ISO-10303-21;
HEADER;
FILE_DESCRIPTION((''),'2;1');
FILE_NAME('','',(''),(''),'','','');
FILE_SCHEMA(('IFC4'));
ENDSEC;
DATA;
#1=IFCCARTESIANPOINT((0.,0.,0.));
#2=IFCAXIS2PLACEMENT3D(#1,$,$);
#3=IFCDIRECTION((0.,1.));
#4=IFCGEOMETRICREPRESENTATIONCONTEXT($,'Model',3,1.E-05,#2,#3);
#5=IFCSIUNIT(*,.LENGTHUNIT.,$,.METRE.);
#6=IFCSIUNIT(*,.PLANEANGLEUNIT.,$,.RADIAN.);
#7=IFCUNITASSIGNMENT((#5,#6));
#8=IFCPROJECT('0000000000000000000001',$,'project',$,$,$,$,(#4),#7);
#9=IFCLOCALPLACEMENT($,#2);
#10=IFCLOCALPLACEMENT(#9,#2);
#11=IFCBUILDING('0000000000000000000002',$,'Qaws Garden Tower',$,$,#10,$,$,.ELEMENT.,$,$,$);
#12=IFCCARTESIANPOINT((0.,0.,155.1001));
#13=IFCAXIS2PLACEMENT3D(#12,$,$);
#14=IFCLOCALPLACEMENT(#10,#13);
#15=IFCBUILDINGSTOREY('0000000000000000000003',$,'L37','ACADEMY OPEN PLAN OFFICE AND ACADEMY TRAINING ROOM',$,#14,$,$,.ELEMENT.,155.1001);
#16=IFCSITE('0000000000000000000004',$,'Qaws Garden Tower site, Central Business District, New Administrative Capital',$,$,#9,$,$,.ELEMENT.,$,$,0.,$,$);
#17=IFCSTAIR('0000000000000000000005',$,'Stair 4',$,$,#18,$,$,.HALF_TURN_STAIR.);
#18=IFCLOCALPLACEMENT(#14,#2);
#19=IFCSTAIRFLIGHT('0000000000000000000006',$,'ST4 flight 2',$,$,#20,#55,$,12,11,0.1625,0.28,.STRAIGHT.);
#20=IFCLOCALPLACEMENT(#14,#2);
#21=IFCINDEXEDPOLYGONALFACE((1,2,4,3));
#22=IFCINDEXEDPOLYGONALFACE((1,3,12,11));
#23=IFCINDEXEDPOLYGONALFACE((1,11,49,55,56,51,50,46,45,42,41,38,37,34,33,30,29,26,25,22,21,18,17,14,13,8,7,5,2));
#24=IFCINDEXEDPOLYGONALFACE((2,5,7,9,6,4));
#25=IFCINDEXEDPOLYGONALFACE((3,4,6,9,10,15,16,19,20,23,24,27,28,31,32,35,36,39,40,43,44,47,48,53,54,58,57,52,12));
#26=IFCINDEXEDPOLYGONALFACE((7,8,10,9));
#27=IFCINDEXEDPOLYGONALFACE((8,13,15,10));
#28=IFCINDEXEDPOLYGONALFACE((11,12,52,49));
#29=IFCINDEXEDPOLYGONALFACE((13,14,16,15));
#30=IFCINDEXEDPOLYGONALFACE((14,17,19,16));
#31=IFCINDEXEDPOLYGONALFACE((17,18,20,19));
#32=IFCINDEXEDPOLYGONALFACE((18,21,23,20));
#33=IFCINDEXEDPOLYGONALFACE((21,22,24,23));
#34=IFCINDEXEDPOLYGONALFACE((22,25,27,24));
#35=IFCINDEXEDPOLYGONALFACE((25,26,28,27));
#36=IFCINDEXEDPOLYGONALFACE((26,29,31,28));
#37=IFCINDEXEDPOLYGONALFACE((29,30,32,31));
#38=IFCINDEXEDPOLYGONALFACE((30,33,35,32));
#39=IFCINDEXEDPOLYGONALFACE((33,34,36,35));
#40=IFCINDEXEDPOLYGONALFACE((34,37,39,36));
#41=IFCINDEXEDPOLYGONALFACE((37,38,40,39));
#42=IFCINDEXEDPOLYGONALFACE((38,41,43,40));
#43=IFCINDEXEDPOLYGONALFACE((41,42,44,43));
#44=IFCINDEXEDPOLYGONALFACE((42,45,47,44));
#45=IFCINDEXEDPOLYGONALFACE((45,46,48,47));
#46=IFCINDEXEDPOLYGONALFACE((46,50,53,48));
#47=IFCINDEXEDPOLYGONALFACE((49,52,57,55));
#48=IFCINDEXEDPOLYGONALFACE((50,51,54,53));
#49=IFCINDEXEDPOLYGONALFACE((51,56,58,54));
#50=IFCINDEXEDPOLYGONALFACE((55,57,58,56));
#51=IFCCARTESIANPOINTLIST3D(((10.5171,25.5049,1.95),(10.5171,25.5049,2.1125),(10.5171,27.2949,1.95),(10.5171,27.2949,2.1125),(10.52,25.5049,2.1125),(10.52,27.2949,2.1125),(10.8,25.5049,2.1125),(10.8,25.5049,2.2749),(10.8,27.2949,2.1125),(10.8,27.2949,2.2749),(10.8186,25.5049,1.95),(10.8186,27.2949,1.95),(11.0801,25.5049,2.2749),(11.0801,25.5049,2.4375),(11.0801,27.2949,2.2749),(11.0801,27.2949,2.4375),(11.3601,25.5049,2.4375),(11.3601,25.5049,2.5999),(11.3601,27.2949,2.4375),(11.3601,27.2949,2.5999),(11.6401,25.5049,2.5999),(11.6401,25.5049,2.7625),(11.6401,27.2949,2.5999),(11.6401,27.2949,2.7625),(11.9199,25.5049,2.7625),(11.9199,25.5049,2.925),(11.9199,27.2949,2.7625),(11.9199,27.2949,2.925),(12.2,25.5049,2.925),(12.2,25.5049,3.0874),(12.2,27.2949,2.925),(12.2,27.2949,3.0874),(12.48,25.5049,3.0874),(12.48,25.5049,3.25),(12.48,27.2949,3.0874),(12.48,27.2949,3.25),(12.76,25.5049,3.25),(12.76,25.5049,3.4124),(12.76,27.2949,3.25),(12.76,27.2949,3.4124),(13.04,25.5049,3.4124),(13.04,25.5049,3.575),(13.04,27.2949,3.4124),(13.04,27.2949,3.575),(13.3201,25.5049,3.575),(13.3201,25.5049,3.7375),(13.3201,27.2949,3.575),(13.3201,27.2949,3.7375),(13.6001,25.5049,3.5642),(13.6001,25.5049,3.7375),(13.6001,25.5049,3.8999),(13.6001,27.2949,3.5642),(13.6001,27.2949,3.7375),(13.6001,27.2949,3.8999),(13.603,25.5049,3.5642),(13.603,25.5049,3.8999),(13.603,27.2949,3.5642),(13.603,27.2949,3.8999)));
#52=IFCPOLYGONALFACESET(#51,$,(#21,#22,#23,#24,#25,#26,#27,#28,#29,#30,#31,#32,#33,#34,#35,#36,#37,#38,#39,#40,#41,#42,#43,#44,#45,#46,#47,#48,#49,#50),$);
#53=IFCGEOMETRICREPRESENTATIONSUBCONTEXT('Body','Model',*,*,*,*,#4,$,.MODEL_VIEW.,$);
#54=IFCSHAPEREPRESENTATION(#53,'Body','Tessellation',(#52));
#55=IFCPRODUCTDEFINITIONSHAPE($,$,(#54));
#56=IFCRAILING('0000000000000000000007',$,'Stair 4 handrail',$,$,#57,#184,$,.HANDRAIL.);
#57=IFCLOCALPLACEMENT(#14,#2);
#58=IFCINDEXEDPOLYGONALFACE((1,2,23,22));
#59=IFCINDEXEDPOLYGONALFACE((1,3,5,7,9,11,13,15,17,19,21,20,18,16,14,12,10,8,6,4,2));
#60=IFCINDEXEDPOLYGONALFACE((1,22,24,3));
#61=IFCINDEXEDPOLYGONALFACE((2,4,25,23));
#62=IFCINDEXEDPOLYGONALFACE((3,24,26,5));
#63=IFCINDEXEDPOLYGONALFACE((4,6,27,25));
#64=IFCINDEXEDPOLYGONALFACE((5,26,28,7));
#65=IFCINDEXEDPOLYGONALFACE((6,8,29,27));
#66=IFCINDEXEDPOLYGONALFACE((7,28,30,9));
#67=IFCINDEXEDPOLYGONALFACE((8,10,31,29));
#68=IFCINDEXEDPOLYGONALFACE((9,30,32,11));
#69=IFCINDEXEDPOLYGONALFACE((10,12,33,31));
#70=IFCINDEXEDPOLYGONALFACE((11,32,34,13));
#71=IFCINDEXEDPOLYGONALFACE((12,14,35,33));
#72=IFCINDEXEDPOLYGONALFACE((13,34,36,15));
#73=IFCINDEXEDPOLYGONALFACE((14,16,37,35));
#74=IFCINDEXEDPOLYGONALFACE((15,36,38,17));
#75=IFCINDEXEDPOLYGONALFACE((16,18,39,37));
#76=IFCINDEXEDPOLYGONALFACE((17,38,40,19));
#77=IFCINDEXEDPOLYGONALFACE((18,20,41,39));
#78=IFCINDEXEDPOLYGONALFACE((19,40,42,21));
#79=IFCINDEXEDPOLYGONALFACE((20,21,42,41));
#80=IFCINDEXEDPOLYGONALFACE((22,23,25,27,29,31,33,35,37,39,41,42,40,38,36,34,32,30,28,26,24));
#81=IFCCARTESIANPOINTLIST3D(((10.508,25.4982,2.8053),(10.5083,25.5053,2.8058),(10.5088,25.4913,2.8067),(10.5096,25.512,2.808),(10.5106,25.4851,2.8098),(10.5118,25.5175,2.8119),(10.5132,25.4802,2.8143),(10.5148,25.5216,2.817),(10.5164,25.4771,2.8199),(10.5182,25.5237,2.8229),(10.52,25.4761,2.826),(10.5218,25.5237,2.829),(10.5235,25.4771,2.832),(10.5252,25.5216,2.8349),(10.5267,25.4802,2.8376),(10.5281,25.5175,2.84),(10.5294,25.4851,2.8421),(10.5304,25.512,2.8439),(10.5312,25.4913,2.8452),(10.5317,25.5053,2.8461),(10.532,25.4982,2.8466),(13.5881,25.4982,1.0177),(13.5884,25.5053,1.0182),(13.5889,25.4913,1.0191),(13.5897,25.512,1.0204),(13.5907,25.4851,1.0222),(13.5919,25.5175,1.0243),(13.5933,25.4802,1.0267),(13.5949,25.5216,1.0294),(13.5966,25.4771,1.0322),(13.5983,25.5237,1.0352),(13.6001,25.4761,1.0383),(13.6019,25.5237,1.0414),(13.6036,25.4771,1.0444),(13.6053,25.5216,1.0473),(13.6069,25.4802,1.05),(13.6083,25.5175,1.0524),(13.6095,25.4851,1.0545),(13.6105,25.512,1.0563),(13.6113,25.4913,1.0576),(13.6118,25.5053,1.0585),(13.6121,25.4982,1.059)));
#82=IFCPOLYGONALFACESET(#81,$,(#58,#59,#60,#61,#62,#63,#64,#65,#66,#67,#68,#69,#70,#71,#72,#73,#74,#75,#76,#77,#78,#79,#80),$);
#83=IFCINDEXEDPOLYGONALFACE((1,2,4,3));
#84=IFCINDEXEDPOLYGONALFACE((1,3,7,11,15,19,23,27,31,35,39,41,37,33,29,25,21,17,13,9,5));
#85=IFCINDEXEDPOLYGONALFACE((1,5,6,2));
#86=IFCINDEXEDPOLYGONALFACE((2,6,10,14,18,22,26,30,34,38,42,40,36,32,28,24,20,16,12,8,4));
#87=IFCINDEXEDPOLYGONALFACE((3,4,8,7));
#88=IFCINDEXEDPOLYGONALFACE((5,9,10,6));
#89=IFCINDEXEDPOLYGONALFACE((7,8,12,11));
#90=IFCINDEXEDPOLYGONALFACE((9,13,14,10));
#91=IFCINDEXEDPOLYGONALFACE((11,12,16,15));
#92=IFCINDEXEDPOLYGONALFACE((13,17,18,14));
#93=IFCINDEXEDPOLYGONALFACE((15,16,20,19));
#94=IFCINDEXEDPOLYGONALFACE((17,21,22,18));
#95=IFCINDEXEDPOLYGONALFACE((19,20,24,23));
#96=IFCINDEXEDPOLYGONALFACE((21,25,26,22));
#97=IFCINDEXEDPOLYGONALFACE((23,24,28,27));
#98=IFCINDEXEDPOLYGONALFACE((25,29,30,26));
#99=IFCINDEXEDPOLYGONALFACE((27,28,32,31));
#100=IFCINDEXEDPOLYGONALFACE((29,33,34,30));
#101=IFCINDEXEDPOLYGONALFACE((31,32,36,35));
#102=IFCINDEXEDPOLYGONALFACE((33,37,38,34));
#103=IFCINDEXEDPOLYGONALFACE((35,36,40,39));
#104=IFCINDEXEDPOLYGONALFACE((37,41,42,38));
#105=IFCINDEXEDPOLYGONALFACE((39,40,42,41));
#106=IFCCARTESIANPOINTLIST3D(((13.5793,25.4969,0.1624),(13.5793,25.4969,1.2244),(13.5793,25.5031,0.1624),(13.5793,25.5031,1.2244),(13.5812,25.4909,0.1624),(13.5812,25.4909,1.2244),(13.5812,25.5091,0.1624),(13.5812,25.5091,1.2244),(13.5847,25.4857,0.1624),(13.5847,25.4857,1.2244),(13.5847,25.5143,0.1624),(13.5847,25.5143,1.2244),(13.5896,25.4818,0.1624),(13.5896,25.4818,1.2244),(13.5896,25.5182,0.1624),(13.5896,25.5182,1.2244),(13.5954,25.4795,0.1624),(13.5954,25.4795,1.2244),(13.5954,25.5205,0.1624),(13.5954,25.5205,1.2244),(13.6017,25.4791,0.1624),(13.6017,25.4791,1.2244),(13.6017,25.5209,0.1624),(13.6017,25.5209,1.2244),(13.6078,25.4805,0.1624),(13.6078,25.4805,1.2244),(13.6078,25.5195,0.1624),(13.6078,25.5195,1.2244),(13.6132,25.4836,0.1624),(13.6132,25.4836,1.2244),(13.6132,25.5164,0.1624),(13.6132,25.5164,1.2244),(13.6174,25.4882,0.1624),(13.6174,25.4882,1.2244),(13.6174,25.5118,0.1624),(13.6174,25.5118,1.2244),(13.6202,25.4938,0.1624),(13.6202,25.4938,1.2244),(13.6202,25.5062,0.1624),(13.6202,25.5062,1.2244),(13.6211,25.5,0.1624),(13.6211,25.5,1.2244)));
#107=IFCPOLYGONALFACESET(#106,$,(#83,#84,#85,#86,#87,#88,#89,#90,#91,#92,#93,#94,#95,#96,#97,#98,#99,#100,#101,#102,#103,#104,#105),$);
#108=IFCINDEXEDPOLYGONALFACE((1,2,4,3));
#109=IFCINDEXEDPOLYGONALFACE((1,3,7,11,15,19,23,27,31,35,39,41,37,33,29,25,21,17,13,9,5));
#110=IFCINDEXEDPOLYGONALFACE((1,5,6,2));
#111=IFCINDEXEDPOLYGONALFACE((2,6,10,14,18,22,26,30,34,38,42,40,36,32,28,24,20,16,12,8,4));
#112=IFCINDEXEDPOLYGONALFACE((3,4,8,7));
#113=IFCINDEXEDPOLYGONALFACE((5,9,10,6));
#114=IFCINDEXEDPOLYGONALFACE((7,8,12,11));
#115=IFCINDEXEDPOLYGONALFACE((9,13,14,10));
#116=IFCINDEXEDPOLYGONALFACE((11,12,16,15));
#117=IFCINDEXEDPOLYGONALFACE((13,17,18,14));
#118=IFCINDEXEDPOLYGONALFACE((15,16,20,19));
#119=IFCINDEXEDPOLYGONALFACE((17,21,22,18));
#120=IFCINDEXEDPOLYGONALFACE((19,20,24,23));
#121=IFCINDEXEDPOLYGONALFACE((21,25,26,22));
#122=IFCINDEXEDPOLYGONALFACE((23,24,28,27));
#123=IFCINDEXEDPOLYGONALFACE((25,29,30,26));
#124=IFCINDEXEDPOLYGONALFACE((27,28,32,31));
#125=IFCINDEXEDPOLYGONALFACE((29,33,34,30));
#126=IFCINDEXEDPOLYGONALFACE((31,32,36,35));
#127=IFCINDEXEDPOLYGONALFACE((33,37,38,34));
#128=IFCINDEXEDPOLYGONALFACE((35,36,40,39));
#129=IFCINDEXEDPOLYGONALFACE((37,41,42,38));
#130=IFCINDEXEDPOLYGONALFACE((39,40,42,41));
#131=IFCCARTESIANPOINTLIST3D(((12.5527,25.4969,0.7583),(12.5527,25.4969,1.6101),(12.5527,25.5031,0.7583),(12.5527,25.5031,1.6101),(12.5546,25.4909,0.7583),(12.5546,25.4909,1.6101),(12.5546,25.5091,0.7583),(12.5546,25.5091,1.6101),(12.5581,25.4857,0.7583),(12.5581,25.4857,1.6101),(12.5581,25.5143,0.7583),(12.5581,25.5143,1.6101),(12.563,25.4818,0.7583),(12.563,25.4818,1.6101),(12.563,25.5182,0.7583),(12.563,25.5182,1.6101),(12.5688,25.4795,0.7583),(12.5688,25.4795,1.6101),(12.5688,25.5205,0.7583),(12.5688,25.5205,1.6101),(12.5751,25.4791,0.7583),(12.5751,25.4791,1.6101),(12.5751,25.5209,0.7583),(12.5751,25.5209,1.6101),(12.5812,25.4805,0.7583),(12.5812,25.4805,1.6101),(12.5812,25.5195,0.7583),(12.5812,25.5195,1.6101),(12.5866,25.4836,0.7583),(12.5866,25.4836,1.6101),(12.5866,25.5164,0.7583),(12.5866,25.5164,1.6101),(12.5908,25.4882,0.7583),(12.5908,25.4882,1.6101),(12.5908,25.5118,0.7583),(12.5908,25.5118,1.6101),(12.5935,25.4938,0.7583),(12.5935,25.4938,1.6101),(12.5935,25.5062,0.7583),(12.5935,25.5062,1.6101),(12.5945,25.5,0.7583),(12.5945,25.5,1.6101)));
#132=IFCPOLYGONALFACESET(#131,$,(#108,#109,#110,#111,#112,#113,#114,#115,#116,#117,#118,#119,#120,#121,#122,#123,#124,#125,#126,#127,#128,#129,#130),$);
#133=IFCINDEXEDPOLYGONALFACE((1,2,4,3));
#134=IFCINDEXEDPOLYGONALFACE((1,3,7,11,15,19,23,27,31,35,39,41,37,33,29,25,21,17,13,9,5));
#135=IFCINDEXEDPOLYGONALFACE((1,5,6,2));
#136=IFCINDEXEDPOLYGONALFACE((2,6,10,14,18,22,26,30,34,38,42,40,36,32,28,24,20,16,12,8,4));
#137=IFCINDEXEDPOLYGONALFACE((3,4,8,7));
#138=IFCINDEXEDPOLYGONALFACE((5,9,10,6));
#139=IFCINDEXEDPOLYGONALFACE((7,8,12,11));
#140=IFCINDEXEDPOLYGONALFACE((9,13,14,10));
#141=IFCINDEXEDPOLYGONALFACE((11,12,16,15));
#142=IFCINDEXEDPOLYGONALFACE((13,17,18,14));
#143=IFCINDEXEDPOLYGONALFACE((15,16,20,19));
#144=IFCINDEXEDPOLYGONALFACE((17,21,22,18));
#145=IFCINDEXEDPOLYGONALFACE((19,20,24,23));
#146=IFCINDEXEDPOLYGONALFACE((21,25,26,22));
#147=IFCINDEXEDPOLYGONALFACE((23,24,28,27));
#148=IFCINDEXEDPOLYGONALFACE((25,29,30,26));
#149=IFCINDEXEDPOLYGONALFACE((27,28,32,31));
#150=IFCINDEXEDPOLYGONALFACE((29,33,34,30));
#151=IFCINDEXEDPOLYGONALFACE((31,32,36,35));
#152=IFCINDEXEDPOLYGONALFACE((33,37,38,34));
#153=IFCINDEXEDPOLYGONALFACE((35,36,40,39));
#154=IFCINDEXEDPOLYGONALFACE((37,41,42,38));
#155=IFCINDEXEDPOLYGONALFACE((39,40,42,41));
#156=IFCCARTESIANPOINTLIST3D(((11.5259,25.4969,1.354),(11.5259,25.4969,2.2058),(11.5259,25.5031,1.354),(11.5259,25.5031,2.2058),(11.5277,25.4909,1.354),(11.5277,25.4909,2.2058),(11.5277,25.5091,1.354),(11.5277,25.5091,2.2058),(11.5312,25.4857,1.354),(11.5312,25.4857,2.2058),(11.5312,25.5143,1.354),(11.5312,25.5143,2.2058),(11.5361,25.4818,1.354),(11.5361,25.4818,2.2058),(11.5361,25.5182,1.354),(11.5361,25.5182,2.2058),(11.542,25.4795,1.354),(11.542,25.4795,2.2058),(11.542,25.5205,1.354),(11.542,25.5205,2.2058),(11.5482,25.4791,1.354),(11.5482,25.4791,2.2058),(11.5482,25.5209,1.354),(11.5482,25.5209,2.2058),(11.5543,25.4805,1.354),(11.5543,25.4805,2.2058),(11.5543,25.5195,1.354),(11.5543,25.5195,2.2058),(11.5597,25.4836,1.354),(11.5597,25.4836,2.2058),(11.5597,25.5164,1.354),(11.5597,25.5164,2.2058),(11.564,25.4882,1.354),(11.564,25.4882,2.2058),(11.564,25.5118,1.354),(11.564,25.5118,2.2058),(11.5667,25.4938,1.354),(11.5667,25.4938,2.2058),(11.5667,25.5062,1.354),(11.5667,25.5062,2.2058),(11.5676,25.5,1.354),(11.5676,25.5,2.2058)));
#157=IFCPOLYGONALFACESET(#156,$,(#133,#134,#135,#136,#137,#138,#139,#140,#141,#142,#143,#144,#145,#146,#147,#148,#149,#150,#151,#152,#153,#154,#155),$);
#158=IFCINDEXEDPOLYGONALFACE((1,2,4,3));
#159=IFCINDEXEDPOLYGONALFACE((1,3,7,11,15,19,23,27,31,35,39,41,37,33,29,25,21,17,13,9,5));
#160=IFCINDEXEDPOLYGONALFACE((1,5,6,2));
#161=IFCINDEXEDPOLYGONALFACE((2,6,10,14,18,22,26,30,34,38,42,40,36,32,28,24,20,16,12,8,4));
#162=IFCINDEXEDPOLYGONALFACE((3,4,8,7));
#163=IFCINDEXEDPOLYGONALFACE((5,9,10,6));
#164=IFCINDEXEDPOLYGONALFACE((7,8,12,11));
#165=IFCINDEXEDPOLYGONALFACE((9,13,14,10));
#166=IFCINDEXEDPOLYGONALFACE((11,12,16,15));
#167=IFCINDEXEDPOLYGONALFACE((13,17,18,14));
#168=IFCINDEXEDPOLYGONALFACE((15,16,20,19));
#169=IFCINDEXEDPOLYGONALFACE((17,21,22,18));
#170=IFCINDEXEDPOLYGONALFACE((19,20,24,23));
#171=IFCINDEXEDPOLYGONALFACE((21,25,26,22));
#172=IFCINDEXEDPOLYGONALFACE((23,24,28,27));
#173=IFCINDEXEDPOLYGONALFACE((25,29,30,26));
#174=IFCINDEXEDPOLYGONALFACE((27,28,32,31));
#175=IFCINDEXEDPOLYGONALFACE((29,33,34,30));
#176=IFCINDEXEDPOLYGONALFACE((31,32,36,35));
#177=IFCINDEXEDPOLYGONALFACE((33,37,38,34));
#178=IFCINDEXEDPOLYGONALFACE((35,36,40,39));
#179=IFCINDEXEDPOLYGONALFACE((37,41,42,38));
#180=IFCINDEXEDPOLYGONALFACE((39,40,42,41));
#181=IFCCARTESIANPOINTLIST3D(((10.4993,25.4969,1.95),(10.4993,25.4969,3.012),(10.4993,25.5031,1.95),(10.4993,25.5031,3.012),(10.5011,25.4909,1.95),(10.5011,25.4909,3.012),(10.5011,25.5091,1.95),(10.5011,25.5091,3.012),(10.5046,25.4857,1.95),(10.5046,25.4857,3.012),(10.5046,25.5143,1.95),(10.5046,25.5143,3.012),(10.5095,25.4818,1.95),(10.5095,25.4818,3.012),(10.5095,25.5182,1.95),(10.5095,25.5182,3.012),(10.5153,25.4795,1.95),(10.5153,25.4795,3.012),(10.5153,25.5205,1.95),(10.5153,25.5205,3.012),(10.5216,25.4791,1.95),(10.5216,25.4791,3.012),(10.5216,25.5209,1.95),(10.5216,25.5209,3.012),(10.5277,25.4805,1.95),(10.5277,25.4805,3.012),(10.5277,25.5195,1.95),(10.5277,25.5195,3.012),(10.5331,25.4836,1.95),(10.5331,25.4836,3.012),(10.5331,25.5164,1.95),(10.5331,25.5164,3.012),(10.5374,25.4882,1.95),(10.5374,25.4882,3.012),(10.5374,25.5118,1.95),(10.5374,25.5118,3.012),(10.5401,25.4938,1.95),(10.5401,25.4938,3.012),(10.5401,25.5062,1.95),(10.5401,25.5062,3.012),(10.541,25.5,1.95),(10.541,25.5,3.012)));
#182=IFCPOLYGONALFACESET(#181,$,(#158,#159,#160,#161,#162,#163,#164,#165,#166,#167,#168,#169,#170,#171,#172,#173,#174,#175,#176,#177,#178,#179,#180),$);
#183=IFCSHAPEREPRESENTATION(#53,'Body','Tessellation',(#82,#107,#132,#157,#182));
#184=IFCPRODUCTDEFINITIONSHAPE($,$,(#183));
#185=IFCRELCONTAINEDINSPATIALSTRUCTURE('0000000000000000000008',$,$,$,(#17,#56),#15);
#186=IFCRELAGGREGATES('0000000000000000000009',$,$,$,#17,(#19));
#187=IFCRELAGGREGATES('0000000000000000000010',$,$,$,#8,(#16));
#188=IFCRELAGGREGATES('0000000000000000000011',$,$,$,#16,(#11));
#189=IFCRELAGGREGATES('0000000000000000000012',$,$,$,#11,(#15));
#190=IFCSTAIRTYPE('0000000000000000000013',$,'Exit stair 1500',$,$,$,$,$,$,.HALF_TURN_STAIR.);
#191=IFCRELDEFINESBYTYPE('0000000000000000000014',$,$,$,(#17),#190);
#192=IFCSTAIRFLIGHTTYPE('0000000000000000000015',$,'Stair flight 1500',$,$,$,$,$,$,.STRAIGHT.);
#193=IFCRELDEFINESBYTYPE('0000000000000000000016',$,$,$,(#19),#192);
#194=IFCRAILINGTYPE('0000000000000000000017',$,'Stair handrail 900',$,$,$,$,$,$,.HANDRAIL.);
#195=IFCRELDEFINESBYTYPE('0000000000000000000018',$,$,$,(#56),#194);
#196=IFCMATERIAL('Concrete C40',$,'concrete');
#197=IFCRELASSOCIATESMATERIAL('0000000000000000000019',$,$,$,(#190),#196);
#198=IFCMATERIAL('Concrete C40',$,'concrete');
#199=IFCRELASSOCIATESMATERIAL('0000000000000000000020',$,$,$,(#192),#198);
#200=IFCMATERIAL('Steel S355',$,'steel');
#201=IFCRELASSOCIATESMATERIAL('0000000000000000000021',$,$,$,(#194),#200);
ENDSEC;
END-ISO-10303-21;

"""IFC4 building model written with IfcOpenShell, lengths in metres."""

from ifc_helpers import new_model, si_unit, direction, frame, origin, origin_2d, place, context, subcontext, project, spatial, polyline, circle, outline, extrude, material, type_object, element, aggregate, save


model = new_model("IFC4")

# Units and contexts
model_context = context("Model", 3, precision=1e-05, world=origin(), true_north=direction((0.0, 1.0)))
body_context = subcontext(model_context, "Body", "Model", "MODEL_VIEW")
ifc_project = project(units=[si_unit("LENGTHUNIT", "METRE"), si_unit("PLANEANGLEUNIT", "RADIAN")], contexts=[model_context])

# Site, building, storey
site_placement = place(None, origin())
site = spatial("IfcSite", under=ifc_project, at=site_placement, Name="Qaws Garden Tower site, Central Business District, New Administrative Capital", CompositionType="ELEMENT", RefElevation=0.0)
building_placement = place(site_placement, origin())
building = spatial("IfcBuilding", under=site, at=building_placement, Name="Qaws Garden Tower", CompositionType="ELEMENT")
storey_placement = place(building_placement, frame((0.0, 0.0, 155.1001)))
storey = spatial("IfcBuildingStorey", under=building, at=storey_placement, Name="L37", Description="ACADEMY OPEN PLAN OFFICE AND ACADEMY TRAINING ROOM", CompositionType="ELEMENT", Elevation=155.1001)

# Stair, stair flight
ifc_material_1 = material(Name="Concrete C40", Category="concrete")
stair_type = type_object("IfcStairType", Name="Exit stair 1500", PredefinedType="HALF_TURN_STAIR", material=ifc_material_1)
stair_placement = place(storey_placement, origin())
stair = element("IfcStair", 1, at=stair_placement, inside=storey, type_object=stair_type, Name="Stair 4", PredefinedType="HALF_TURN_STAIR")
ifc_material_2 = material(Name="Concrete C40", Category="concrete")
stair_flight_type = type_object("IfcStairFlightType", Name="Stair flight 1500", PredefinedType="STRAIGHT", material=ifc_material_2)
stair_flight_1_placement = place(storey_placement, frame((10.52, 26.3999, 1.95), z_axis=(0.0, 0.0, 1.0), x_axis=(1.0, 0.0, 0.0)))
stair_flight_1 = element("IfcStairFlight", 2, at=stair_flight_1_placement, type_object=stair_flight_type, Name="ST4 flight 2", NumberOfRisers=12, NumberOfTreads=11, PredefinedType="STRAIGHT", RiserHeight=0.1625, TreadLength=0.28, context=body_context, shape_type="SweptSolid", body=[
    extrude(outline(polyline([(-0.0029, 0.0), (-0.0029, 0.1626), (0.0, 0.1626), (0.28, 0.1626), (0.28, 0.325), (0.5601, 0.325), (0.5601, 0.4875), (0.8401, 0.4875), (0.8401, 0.6499), (1.1201, 0.6499), (1.1201, 0.8125), (1.3999, 0.8125), (1.3999, 0.9751), (1.6799, 0.9751), (1.6799, 1.1375), (1.96, 1.1375), (1.96, 1.3), (2.24, 1.3), (2.24, 1.4624), (2.52, 1.4624), (2.52, 1.625), (2.8, 1.625), (2.8, 1.7876), (3.0801, 1.7876), (3.0801, 1.95), (3.083, 1.95), (3.083, 1.6143), (3.0801, 1.6143), (0.2986, 0.0), (-0.0029, 0.0)])), frame((0.0, 0.895, 0.0), z_axis=(0.0, -1.0, 0.0), x_axis=(1.0, 0.0, 0.0)), (0.0, 0.0, 1.0), 1.79),
])
aggregate(stair, [stair_flight_1])

# Railing
ifc_material_3 = material(Name="Steel S355", Category="steel")
railing_type = type_object("IfcRailingType", Name="Stair handrail 900", PredefinedType="HANDRAIL", material=ifc_material_3)
railing_1_placement = place(storey_placement, frame((13.6001, 25.5, 0.1624)))
element("IfcRailing", 3, at=railing_1_placement, inside=storey, type_object=railing_type, Name="Stair 4 handrail", PredefinedType="HANDRAIL", context=body_context, shape_type="SweptSolid", body=[
    extrude(circle(Radius=0.0239, at=origin_2d()), frame((0.0, 0.0, 0.876), z_axis=(-0.864891, 0.0, 0.50196), x_axis=(0.0, -1.0, 0.0)), (0.0, 0.0, 1.0), 3.5613),
    extrude(circle(Radius=0.021, at=origin_2d()), origin(), (0.0, 0.0, 1.0), 1.062),
    extrude(circle(Radius=0.021, at=origin_2d()), frame((-1.0266, 0.0, 0.5959)), (0.0, 0.0, 1.0), 0.8518),
    extrude(circle(Radius=0.021, at=origin_2d()), frame((-2.0535, 0.0, 1.1917)), (0.0, 0.0, 1.0), 0.8518),
    extrude(circle(Radius=0.021, at=origin_2d()), frame((-3.0801, 0.0, 1.7876)), (0.0, 0.0, 1.0), 1.062),
])

save(model, "model.ifc")
